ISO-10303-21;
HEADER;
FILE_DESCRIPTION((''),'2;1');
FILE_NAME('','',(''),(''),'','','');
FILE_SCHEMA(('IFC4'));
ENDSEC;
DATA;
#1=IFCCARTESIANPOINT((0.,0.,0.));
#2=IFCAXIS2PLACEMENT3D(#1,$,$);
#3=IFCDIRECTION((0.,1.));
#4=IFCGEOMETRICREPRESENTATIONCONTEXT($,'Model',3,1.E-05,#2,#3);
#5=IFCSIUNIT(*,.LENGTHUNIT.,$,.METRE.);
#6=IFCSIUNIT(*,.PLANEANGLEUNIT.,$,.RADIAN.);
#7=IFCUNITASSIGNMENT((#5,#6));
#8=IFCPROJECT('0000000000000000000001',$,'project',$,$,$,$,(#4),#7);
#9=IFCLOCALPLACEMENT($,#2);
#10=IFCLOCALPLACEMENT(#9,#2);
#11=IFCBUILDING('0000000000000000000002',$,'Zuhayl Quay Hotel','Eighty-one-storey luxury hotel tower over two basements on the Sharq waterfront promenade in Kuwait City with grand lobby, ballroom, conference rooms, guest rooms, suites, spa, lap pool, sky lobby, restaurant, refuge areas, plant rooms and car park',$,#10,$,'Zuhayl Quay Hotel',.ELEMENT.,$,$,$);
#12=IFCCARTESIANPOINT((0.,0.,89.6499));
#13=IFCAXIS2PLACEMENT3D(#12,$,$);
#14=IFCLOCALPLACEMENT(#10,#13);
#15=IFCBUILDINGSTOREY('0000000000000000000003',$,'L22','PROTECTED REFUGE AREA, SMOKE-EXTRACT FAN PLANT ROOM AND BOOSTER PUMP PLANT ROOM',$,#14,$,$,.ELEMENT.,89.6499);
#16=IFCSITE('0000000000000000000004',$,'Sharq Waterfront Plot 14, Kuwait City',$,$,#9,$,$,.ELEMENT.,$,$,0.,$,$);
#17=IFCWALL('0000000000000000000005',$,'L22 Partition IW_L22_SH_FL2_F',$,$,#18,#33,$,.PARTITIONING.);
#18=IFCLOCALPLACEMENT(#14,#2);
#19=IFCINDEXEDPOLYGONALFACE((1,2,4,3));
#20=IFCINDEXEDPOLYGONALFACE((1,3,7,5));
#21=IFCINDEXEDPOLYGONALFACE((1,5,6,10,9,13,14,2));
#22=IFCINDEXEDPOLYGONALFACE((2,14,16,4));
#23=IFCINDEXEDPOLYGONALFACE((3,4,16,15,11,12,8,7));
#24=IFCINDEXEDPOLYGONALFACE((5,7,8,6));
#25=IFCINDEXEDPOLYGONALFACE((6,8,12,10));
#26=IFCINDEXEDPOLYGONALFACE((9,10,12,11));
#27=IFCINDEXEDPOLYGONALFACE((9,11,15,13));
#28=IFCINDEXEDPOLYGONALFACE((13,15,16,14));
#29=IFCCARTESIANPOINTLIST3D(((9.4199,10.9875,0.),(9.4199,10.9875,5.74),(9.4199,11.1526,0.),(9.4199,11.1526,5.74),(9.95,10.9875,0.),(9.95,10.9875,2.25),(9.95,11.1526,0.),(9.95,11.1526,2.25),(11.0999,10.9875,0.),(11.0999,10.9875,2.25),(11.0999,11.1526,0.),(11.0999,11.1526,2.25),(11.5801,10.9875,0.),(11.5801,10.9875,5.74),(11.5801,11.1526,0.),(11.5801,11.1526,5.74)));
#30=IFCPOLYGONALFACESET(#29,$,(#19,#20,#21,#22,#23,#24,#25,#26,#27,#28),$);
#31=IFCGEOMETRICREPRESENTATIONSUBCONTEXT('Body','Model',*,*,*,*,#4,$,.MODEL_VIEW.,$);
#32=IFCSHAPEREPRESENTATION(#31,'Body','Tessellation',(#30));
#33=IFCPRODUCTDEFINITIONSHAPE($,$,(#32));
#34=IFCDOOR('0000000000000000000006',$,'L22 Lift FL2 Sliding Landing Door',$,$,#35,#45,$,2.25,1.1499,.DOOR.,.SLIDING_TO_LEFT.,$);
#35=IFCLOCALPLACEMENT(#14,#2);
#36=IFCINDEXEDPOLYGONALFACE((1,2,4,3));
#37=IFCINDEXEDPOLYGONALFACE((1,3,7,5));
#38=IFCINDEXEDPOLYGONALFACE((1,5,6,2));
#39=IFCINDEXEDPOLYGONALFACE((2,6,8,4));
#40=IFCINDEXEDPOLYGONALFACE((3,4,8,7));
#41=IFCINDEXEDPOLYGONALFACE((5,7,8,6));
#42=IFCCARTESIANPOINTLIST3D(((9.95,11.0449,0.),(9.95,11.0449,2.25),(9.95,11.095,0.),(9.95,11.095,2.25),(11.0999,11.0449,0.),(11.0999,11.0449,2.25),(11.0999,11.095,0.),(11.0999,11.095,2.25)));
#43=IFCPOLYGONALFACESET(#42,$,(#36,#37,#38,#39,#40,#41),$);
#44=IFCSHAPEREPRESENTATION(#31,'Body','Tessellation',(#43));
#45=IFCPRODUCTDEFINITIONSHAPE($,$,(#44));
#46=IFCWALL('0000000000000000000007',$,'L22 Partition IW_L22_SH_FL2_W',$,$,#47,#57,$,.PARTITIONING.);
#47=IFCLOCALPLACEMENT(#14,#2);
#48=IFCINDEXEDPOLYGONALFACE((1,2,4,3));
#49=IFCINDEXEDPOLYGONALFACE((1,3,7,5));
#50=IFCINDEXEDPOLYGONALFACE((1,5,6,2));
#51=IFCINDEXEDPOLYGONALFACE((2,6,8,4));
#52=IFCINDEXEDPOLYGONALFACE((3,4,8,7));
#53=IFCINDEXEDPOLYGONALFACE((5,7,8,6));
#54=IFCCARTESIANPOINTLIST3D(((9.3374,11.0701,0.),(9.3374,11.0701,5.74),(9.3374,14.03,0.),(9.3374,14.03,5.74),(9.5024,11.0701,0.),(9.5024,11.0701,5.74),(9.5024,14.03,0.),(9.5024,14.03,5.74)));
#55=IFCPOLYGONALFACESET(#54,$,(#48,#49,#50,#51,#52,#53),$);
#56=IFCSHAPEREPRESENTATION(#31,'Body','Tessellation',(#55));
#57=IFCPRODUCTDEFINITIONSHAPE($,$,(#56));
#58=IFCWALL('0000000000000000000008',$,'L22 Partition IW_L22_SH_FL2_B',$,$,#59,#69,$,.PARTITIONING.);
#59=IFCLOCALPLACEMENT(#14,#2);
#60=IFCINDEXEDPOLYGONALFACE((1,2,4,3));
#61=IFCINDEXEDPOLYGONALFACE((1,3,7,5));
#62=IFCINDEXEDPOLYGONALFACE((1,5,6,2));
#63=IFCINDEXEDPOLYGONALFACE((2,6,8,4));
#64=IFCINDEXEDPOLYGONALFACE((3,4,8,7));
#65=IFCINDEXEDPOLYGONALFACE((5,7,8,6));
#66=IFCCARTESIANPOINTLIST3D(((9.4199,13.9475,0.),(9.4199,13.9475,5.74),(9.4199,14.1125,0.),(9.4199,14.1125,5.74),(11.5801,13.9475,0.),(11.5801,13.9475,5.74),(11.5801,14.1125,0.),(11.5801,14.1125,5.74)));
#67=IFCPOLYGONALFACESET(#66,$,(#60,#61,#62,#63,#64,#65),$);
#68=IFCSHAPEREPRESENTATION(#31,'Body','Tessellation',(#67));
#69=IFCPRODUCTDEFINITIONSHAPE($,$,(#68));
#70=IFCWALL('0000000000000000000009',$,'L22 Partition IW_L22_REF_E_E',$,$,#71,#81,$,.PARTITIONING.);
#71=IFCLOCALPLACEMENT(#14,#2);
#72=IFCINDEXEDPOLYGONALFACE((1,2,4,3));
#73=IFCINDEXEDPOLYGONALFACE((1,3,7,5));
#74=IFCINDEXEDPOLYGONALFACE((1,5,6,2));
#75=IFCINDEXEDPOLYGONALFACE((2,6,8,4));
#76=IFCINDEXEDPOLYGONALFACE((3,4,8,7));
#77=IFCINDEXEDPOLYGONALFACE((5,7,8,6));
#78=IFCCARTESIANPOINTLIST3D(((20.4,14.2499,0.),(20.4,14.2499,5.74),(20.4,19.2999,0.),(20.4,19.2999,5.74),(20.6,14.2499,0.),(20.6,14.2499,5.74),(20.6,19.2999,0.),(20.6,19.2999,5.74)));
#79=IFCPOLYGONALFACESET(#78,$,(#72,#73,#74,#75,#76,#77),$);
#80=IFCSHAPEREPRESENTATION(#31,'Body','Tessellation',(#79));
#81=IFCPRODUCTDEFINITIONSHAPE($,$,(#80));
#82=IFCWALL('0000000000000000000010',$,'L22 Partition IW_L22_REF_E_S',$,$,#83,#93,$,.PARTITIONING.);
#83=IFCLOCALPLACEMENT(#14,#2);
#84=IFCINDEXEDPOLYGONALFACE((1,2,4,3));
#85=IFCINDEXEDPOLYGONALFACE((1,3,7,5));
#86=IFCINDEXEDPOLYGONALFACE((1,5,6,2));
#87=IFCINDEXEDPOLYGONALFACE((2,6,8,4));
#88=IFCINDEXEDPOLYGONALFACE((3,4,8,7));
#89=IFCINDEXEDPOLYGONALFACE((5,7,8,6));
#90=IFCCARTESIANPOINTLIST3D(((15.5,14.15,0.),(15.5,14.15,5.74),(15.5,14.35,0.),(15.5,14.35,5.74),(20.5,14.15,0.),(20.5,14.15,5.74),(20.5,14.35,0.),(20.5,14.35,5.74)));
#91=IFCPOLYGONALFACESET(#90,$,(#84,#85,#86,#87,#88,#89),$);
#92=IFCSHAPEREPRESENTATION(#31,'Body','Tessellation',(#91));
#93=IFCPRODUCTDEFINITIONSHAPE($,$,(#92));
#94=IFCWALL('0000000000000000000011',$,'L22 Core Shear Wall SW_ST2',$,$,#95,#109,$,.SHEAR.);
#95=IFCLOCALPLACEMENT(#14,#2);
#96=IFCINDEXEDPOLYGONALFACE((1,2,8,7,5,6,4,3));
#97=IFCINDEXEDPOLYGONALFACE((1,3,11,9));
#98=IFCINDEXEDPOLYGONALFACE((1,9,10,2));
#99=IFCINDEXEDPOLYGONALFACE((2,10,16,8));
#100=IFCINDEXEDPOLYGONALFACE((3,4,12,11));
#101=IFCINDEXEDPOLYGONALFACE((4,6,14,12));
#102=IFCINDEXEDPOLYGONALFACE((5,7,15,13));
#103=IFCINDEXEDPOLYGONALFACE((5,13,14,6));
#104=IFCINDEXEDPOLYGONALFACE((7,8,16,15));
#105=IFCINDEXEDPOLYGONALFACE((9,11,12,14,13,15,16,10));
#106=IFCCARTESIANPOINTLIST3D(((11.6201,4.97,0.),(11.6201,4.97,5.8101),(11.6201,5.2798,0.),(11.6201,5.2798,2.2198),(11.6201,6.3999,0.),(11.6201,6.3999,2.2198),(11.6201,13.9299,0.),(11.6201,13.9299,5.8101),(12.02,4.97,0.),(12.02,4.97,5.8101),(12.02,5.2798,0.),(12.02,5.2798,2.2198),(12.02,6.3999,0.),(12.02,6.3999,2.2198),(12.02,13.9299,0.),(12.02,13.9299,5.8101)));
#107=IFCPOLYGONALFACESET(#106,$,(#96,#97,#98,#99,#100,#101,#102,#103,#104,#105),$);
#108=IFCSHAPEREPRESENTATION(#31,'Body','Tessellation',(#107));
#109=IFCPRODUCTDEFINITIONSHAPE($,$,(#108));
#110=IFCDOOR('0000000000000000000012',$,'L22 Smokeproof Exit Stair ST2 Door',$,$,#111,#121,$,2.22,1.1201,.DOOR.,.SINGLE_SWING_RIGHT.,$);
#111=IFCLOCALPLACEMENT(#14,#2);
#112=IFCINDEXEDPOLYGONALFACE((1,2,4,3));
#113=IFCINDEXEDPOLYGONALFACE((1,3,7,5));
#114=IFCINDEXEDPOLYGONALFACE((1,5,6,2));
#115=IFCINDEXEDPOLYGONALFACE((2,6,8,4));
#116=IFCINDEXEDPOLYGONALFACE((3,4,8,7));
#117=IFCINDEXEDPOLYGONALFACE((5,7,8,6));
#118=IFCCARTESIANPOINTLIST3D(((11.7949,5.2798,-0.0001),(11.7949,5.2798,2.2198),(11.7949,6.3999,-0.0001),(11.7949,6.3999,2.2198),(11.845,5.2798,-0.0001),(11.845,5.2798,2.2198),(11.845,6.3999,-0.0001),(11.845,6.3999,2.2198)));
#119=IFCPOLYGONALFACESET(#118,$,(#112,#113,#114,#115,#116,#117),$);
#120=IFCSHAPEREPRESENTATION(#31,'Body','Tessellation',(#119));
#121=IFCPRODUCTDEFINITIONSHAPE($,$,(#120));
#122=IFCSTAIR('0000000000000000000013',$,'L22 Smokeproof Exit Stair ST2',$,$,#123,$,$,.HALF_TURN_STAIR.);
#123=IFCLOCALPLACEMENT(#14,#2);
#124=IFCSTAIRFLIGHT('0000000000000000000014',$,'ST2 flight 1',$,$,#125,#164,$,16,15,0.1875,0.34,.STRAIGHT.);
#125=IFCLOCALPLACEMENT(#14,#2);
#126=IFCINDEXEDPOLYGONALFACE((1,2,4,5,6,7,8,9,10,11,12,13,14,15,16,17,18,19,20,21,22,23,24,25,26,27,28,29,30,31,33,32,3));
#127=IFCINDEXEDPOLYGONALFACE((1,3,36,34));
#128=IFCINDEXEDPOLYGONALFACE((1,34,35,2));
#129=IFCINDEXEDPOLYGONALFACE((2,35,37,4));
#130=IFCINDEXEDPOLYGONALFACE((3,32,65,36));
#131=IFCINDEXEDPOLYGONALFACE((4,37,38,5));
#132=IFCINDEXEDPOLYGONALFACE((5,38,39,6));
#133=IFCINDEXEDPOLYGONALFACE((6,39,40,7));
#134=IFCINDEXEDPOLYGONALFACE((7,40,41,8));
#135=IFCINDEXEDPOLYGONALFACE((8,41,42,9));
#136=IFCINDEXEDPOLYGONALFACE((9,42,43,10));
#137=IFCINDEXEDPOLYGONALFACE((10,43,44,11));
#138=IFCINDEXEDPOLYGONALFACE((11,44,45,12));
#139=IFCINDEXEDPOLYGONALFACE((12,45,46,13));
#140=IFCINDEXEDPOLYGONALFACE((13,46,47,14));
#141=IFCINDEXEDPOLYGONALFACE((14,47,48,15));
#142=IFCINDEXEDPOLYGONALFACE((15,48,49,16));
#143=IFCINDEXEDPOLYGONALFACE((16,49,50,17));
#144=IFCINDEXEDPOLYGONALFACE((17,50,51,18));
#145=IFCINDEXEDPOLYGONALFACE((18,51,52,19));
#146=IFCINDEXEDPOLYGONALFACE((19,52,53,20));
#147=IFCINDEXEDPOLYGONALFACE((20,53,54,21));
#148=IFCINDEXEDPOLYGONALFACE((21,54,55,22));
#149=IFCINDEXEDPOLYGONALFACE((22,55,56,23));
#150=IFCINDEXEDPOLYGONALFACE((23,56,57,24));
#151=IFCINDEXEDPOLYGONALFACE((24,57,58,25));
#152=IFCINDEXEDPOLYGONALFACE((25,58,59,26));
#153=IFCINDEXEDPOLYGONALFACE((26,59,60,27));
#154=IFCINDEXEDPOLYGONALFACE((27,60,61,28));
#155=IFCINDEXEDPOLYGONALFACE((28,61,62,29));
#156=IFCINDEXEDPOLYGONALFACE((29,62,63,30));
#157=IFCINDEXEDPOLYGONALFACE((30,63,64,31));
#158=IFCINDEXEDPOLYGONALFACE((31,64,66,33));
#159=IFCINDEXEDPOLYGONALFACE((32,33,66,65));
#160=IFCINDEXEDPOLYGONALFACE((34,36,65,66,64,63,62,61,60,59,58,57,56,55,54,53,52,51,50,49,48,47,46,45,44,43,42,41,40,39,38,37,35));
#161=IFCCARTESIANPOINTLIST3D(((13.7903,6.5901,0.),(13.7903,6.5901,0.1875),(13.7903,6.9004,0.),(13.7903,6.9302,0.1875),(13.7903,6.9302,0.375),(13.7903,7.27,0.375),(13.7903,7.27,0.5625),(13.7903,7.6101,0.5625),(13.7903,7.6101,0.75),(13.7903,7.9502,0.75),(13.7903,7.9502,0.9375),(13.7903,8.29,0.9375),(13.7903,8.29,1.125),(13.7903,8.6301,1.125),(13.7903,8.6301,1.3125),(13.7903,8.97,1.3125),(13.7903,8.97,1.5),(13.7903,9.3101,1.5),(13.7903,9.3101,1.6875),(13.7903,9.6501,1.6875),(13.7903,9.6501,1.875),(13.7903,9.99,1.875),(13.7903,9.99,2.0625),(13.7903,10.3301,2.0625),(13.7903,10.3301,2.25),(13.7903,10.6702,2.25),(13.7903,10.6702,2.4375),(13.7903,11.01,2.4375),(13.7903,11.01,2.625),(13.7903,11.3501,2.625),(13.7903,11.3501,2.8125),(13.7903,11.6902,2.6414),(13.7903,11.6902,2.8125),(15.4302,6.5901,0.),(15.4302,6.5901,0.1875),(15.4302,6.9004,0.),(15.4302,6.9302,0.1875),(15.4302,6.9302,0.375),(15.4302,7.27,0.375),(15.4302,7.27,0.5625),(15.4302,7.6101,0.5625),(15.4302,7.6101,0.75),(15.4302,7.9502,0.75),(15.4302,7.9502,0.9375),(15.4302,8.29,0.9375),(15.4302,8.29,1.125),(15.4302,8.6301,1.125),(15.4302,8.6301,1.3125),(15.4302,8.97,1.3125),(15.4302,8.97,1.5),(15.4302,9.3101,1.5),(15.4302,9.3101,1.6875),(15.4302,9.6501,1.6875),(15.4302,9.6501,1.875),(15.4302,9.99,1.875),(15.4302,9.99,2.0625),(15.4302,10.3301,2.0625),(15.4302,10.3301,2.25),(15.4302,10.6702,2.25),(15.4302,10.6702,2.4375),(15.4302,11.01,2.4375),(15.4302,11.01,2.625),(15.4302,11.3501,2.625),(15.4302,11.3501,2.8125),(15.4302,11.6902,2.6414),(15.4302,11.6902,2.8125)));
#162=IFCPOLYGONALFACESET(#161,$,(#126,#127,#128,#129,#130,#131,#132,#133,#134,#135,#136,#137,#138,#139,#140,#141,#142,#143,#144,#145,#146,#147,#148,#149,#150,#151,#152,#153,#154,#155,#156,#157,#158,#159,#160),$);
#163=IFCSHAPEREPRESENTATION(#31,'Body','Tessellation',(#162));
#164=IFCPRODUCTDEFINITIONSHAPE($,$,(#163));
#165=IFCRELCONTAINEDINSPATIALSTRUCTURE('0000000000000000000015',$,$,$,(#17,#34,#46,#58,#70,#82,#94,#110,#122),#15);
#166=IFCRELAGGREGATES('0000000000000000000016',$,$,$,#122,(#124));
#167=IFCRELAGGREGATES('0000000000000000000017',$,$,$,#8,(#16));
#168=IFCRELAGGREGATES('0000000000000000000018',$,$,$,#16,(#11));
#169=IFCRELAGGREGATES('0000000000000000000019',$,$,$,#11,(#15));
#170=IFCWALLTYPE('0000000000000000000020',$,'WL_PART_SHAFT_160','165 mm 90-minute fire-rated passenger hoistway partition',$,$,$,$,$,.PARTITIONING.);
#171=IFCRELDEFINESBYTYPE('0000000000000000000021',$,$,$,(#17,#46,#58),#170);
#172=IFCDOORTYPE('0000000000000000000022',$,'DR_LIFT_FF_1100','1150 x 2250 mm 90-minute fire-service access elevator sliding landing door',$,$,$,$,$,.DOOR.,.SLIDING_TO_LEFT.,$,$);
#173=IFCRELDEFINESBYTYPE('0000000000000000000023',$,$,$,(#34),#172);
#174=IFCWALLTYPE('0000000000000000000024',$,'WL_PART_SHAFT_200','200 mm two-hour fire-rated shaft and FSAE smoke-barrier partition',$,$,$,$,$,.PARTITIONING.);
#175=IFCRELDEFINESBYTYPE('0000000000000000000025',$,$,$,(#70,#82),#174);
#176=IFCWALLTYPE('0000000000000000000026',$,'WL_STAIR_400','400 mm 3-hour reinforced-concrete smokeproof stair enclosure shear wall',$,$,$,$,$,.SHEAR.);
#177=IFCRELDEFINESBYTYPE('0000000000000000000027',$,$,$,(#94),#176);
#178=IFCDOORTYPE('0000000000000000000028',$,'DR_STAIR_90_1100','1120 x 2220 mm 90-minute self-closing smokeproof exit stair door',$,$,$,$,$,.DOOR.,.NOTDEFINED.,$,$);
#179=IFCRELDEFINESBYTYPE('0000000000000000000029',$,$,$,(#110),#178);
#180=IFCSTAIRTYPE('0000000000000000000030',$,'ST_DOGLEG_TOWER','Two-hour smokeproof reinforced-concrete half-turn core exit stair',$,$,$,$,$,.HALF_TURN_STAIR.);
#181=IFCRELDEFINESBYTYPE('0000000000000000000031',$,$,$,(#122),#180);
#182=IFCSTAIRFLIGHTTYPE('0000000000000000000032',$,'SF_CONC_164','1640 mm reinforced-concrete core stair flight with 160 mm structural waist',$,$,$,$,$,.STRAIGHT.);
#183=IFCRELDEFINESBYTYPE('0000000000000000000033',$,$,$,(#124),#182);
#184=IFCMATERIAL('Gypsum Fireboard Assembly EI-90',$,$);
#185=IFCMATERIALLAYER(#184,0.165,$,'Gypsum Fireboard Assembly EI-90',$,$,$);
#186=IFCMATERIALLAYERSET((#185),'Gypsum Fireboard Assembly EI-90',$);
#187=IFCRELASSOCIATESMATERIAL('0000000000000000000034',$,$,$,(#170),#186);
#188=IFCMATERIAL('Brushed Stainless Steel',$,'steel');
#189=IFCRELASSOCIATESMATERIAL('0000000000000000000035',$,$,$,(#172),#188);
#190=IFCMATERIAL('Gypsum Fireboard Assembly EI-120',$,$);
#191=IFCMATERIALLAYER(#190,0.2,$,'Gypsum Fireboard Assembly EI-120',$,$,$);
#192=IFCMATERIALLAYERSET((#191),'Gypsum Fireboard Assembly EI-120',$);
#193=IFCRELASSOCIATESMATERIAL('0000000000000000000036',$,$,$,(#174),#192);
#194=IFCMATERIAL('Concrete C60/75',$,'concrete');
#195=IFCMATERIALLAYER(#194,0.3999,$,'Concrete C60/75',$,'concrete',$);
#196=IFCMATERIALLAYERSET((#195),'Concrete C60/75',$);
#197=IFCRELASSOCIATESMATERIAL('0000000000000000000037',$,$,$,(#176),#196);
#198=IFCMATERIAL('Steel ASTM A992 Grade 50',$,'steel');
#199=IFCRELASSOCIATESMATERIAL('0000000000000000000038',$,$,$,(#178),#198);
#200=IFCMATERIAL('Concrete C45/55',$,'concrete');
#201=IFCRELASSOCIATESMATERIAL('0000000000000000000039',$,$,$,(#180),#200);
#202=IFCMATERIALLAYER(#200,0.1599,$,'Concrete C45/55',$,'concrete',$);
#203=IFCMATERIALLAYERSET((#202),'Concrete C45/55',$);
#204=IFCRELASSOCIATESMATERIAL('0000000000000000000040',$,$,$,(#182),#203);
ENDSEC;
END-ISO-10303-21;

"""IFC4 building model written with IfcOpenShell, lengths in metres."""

from ifc_helpers import new_model, si_unit, direction, frame, frame_2d, origin, place, context, subcontext, project, spatial, polyline, rectangle, outline, extrude, material, layer, layer_set, type_object, element, fill, aggregate, save


model = new_model("IFC4")

# Units and contexts
model_context = context("Model", 3, precision=1e-05, world=origin(), true_north=direction((0.0, 1.0)))
body_context = subcontext(model_context, "Body", "Model", "MODEL_VIEW")
ifc_project = project(units=[si_unit("LENGTHUNIT", "METRE"), si_unit("PLANEANGLEUNIT", "RADIAN")], contexts=[model_context])

# Site, building, storey
site_placement = place(None, origin())
site = spatial("IfcSite", under=ifc_project, at=site_placement, Name="Sharq Waterfront Plot 14, Kuwait City", CompositionType="ELEMENT", RefElevation=0.0)
building_placement = place(site_placement, origin())
building = spatial("IfcBuilding", under=site, at=building_placement, Name="Zuhayl Quay Hotel", Description="Eighty-one-storey luxury hotel tower over two basements on the Sharq waterfront promenade in Kuwait City with grand lobby, ballroom, conference rooms, guest rooms, suites, spa, lap pool, sky lobby, restaurant, refuge areas, plant rooms and car park", LongName="Zuhayl Quay Hotel", CompositionType="ELEMENT")
storey_placement = place(building_placement, frame((0.0, 0.0, 89.6499)))
storey = spatial("IfcBuildingStorey", under=building, at=storey_placement, Name="L22", Description="PROTECTED REFUGE AREA, SMOKE-EXTRACT FAN PLANT ROOM AND BOOSTER PUMP PLANT ROOM", CompositionType="ELEMENT", Elevation=89.6499)

# Wall, opening, door
ifc_material_1 = material(Name="Gypsum Fireboard Assembly EI-90")
ifc_layer_1 = layer(ifc_material_1, 0.165, Name="Gypsum Fireboard Assembly EI-90")
ifc_layer_set_1 = layer_set([ifc_layer_1], Name="Gypsum Fireboard Assembly EI-90")
wall_type_1 = type_object("IfcWallType", Name="WL_PART_SHAFT_160", Description="165 mm 90-minute fire-rated passenger hoistway partition", PredefinedType="PARTITIONING", material=ifc_layer_set_1)
wall_1_placement = place(storey_placement, frame((9.4199, 11.0701, 0.0), z_axis=(0.0, 0.0, 1.0), x_axis=(1.0, 0.0, 0.0)))
wall_1 = element("IfcWall", 1, at=wall_1_placement, inside=storey, type_object=wall_type_1, Name="L22 Partition IW_L22_SH_FL2_F", PredefinedType="PARTITIONING", context=body_context, shape_type="SweptSolid", body=[
    extrude(rectangle(XDim=2.1602, YDim=0.165, at=frame_2d((1.0801, 0.0))), origin(), (0.0, 0.0, 1.0), 5.74),
])
opening_1_placement = place(wall_1_placement, frame((0.53, 0.0, 0.0)))
opening_1 = element("IfcOpeningElement", 2, at=opening_1_placement, cuts=wall_1, PredefinedType="OPENING", context=body_context, shape_type="SweptSolid", body=[
    extrude(rectangle(XDim=1.1499, YDim=2.25, at=frame_2d((0.575, 1.125))), frame((0.0, 0.0925, 0.0), z_axis=(0.0, -1.0, 0.0), x_axis=(1.0, 0.0, 0.0)), (0.0, 0.0, 1.0), 0.1851),
])
ifc_material_2 = material(Name="Brushed Stainless Steel", Category="steel")
door_type_1 = type_object("IfcDoorType", Name="DR_LIFT_FF_1100", Description="1150 x 2250 mm 90-minute fire-service access elevator sliding landing door", OperationType="SLIDING_TO_LEFT", PredefinedType="DOOR", material=ifc_material_2)
door_1_placement = place(opening_1_placement, origin())
door_1 = element("IfcDoor", 3, at=door_1_placement, inside=storey, type_object=door_type_1, Name="L22 Lift FL2 Sliding Landing Door", OperationType="SLIDING_TO_LEFT", OverallHeight=2.25, OverallWidth=1.1499, PredefinedType="DOOR", context=body_context, shape_type="SweptSolid", body=[
    extrude(rectangle(XDim=1.1499, YDim=2.25, at=frame_2d((0.575, 1.125))), frame((0.0, 0.0249, 0.0), z_axis=(0.0, -1.0, 0.0), x_axis=(1.0, 0.0, 0.0)), (0.0, 0.0, 1.0), 0.05),
])
fill(opening_1, door_1)

# Walls
wall_2_placement = place(storey_placement, frame((9.4199, 11.0701, 0.0), z_axis=(0.0, 0.0, 1.0), x_axis=(0.0, 1.0, 0.0)))
element("IfcWall", 4, at=wall_2_placement, inside=storey, type_object=wall_type_1, Name="L22 Partition IW_L22_SH_FL2_W", PredefinedType="PARTITIONING", context=body_context, shape_type="SweptSolid", body=[
    extrude(rectangle(XDim=2.96, YDim=0.165, at=frame_2d((1.48, 0.0))), origin(), (0.0, 0.0, 1.0), 5.74),
])
wall_3_placement = place(storey_placement, frame((9.4199, 14.03, 0.0), z_axis=(0.0, 0.0, 1.0), x_axis=(1.0, 0.0, 0.0)))
element("IfcWall", 5, at=wall_3_placement, inside=storey, type_object=wall_type_1, Name="L22 Partition IW_L22_SH_FL2_B", PredefinedType="PARTITIONING", context=body_context, shape_type="SweptSolid", body=[
    extrude(rectangle(XDim=2.1602, YDim=0.165, at=frame_2d((1.0801, 0.0))), origin(), (0.0, 0.0, 1.0), 5.74),
])
ifc_material_3 = material(Name="Gypsum Fireboard Assembly EI-120")
ifc_layer_2 = layer(ifc_material_3, 0.2, Name="Gypsum Fireboard Assembly EI-120")
ifc_layer_set_2 = layer_set([ifc_layer_2], Name="Gypsum Fireboard Assembly EI-120")
wall_type_2 = type_object("IfcWallType", Name="WL_PART_SHAFT_200", Description="200 mm two-hour fire-rated shaft and FSAE smoke-barrier partition", PredefinedType="PARTITIONING", material=ifc_layer_set_2)
wall_4_placement = place(storey_placement, frame((20.5, 14.25, 0.0), z_axis=(0.0, 0.0, 1.0), x_axis=(0.0, 1.0, 0.0)))
element("IfcWall", 6, at=wall_4_placement, inside=storey, type_object=wall_type_2, Name="L22 Partition IW_L22_REF_E_E", PredefinedType="PARTITIONING", context=body_context, shape_type="SweptSolid", body=[
    extrude(rectangle(XDim=5.05, YDim=0.2, at=frame_2d((2.5249, 0.0))), origin(), (0.0, 0.0, 1.0), 5.74),
])
wall_5_placement = place(storey_placement, frame((15.5, 14.25, 0.0), z_axis=(0.0, 0.0, 1.0), x_axis=(1.0, 0.0, 0.0)))
element("IfcWall", 7, at=wall_5_placement, inside=storey, type_object=wall_type_2, Name="L22 Partition IW_L22_REF_E_S", PredefinedType="PARTITIONING", context=body_context, shape_type="SweptSolid", body=[
    extrude(rectangle(XDim=5.0, YDim=0.2, at=frame_2d((2.5, 0.0))), origin(), (0.0, 0.0, 1.0), 5.74),
])

# Wall, opening, door
ifc_material_4 = material(Name="Concrete C60/75", Category="concrete")
ifc_layer_3 = layer(ifc_material_4, 0.3999, Name="Concrete C60/75", Category="concrete")
ifc_layer_set_3 = layer_set([ifc_layer_3], Name="Concrete C60/75")
wall_type_3 = type_object("IfcWallType", Name="WL_STAIR_400", Description="400 mm 3-hour reinforced-concrete smokeproof stair enclosure shear wall", PredefinedType="SHEAR", material=ifc_layer_set_3)
wall_6_placement = place(storey_placement, frame((11.8201, 13.9299, 0.0), z_axis=(0.0, 0.0, 1.0), x_axis=(0.0, -1.0, 0.0)))
wall_6 = element("IfcWall", 8, at=wall_6_placement, inside=storey, type_object=wall_type_3, Name="L22 Core Shear Wall SW_ST2", PredefinedType="SHEAR", context=body_context, shape_type="SweptSolid", body=[
    extrude(rectangle(XDim=8.96, YDim=0.3999, at=frame_2d((4.48, 0.0))), origin(), (0.0, 0.0, 1.0), 5.8101),
])
opening_2_placement = place(wall_6_placement, frame((7.53, 0.0, 0.0)))
opening_2 = element("IfcOpeningElement", 9, at=opening_2_placement, cuts=wall_6, PredefinedType="OPENING", context=body_context, shape_type="SweptSolid", body=[
    extrude(rectangle(XDim=1.1201, YDim=2.22, at=frame_2d((0.5601, 1.1099))), frame((0.0, 0.21, 0.0), z_axis=(0.0, -1.0, 0.0), x_axis=(1.0, 0.0, 0.0)), (0.0, 0.0, 1.0), 0.4199),
])
ifc_material_5 = material(Name="Steel ASTM A992 Grade 50", Category="steel")
door_type_2 = type_object("IfcDoorType", Name="DR_STAIR_90_1100", Description="1120 x 2220 mm 90-minute self-closing smokeproof exit stair door", OperationType="NOTDEFINED", PredefinedType="DOOR", material=ifc_material_5)
door_2_placement = place(opening_2_placement, origin())
door_2 = element("IfcDoor", 10, at=door_2_placement, inside=storey, type_object=door_type_2, Name="L22 Smokeproof Exit Stair ST2 Door", OperationType="SINGLE_SWING_RIGHT", OverallHeight=2.22, OverallWidth=1.1201, PredefinedType="DOOR", context=body_context, shape_type="SweptSolid", body=[
    extrude(rectangle(XDim=1.1201, YDim=2.22, at=frame_2d((0.5601, 1.1099))), frame((0.0, 0.0249, 0.0), z_axis=(0.0, -1.0, 0.0), x_axis=(1.0, 0.0, 0.0)), (0.0, 0.0, 1.0), 0.05),
])
fill(opening_2, door_2)

# Stair, stair flight
ifc_material_6 = material(Name="Concrete C45/55", Category="concrete")
stair_type = type_object("IfcStairType", Name="ST_DOGLEG_TOWER", Description="Two-hour smokeproof reinforced-concrete half-turn core exit stair", PredefinedType="HALF_TURN_STAIR", material=ifc_material_6)
stair_placement = place(storey_placement, origin())
stair = element("IfcStair", 11, at=stair_placement, inside=storey, type_object=stair_type, Name="L22 Smokeproof Exit Stair ST2", PredefinedType="HALF_TURN_STAIR")
ifc_layer_4 = layer(ifc_material_6, 0.1599, Name="Concrete C45/55", Category="concrete")
ifc_layer_set_4 = layer_set([ifc_layer_4], Name="Concrete C45/55")
stair_flight_type = type_object("IfcStairFlightType", Name="SF_CONC_164", Description="1640 mm reinforced-concrete core stair flight with 160 mm structural waist", PredefinedType="STRAIGHT", material=ifc_layer_set_4)
stair_flight_1_placement = place(storey_placement, frame((14.6101, 6.5901, 0.0), z_axis=(0.0, 0.0, 1.0), x_axis=(0.0, 1.0, 0.0)))
stair_flight_1 = element("IfcStairFlight", 12, at=stair_flight_1_placement, type_object=stair_flight_type, Name="ST2 flight 1", NumberOfRisers=16, NumberOfTreads=15, PredefinedType="STRAIGHT", RiserHeight=0.1875, TreadLength=0.34, context=body_context, shape_type="SweptSolid", body=[
    extrude(outline(polyline([(0.0, 0.0), (0.0, 0.1875), (0.3401, 0.1875), (0.3401, 0.375), (0.6799, 0.375), (0.6799, 0.5625), (1.02, 0.5625), (1.02, 0.75), (1.3601, 0.75), (1.3601, 0.9375), (1.7, 0.9375), (1.7, 1.125), (2.04, 1.125), (2.04, 1.3125), (2.3799, 1.3125), (2.3799, 1.5), (2.72, 1.5), (2.72, 1.6875), (3.0601, 1.6875), (3.0601, 1.875), (3.3999, 1.875), (3.3999, 2.0625), (3.74, 2.0625), (3.74, 2.25), (4.0801, 2.25), (4.0801, 2.4375), (4.4199, 2.4375), (4.4199, 2.625), (4.76, 2.625), (4.76, 2.8125), (5.1001, 2.8125), (5.1001, 3.0), (5.1001, 2.6414), (0.3103, 0.0), (0.0, 0.0)])), frame((0.0, 0.8198, 0.0), z_axis=(0.0, -1.0, 0.0), x_axis=(1.0, 0.0, 0.0)), (0.0, 0.0, 1.0), 1.6399),
])
aggregate(stair, [stair_flight_1])

save(model, "model.ifc")
